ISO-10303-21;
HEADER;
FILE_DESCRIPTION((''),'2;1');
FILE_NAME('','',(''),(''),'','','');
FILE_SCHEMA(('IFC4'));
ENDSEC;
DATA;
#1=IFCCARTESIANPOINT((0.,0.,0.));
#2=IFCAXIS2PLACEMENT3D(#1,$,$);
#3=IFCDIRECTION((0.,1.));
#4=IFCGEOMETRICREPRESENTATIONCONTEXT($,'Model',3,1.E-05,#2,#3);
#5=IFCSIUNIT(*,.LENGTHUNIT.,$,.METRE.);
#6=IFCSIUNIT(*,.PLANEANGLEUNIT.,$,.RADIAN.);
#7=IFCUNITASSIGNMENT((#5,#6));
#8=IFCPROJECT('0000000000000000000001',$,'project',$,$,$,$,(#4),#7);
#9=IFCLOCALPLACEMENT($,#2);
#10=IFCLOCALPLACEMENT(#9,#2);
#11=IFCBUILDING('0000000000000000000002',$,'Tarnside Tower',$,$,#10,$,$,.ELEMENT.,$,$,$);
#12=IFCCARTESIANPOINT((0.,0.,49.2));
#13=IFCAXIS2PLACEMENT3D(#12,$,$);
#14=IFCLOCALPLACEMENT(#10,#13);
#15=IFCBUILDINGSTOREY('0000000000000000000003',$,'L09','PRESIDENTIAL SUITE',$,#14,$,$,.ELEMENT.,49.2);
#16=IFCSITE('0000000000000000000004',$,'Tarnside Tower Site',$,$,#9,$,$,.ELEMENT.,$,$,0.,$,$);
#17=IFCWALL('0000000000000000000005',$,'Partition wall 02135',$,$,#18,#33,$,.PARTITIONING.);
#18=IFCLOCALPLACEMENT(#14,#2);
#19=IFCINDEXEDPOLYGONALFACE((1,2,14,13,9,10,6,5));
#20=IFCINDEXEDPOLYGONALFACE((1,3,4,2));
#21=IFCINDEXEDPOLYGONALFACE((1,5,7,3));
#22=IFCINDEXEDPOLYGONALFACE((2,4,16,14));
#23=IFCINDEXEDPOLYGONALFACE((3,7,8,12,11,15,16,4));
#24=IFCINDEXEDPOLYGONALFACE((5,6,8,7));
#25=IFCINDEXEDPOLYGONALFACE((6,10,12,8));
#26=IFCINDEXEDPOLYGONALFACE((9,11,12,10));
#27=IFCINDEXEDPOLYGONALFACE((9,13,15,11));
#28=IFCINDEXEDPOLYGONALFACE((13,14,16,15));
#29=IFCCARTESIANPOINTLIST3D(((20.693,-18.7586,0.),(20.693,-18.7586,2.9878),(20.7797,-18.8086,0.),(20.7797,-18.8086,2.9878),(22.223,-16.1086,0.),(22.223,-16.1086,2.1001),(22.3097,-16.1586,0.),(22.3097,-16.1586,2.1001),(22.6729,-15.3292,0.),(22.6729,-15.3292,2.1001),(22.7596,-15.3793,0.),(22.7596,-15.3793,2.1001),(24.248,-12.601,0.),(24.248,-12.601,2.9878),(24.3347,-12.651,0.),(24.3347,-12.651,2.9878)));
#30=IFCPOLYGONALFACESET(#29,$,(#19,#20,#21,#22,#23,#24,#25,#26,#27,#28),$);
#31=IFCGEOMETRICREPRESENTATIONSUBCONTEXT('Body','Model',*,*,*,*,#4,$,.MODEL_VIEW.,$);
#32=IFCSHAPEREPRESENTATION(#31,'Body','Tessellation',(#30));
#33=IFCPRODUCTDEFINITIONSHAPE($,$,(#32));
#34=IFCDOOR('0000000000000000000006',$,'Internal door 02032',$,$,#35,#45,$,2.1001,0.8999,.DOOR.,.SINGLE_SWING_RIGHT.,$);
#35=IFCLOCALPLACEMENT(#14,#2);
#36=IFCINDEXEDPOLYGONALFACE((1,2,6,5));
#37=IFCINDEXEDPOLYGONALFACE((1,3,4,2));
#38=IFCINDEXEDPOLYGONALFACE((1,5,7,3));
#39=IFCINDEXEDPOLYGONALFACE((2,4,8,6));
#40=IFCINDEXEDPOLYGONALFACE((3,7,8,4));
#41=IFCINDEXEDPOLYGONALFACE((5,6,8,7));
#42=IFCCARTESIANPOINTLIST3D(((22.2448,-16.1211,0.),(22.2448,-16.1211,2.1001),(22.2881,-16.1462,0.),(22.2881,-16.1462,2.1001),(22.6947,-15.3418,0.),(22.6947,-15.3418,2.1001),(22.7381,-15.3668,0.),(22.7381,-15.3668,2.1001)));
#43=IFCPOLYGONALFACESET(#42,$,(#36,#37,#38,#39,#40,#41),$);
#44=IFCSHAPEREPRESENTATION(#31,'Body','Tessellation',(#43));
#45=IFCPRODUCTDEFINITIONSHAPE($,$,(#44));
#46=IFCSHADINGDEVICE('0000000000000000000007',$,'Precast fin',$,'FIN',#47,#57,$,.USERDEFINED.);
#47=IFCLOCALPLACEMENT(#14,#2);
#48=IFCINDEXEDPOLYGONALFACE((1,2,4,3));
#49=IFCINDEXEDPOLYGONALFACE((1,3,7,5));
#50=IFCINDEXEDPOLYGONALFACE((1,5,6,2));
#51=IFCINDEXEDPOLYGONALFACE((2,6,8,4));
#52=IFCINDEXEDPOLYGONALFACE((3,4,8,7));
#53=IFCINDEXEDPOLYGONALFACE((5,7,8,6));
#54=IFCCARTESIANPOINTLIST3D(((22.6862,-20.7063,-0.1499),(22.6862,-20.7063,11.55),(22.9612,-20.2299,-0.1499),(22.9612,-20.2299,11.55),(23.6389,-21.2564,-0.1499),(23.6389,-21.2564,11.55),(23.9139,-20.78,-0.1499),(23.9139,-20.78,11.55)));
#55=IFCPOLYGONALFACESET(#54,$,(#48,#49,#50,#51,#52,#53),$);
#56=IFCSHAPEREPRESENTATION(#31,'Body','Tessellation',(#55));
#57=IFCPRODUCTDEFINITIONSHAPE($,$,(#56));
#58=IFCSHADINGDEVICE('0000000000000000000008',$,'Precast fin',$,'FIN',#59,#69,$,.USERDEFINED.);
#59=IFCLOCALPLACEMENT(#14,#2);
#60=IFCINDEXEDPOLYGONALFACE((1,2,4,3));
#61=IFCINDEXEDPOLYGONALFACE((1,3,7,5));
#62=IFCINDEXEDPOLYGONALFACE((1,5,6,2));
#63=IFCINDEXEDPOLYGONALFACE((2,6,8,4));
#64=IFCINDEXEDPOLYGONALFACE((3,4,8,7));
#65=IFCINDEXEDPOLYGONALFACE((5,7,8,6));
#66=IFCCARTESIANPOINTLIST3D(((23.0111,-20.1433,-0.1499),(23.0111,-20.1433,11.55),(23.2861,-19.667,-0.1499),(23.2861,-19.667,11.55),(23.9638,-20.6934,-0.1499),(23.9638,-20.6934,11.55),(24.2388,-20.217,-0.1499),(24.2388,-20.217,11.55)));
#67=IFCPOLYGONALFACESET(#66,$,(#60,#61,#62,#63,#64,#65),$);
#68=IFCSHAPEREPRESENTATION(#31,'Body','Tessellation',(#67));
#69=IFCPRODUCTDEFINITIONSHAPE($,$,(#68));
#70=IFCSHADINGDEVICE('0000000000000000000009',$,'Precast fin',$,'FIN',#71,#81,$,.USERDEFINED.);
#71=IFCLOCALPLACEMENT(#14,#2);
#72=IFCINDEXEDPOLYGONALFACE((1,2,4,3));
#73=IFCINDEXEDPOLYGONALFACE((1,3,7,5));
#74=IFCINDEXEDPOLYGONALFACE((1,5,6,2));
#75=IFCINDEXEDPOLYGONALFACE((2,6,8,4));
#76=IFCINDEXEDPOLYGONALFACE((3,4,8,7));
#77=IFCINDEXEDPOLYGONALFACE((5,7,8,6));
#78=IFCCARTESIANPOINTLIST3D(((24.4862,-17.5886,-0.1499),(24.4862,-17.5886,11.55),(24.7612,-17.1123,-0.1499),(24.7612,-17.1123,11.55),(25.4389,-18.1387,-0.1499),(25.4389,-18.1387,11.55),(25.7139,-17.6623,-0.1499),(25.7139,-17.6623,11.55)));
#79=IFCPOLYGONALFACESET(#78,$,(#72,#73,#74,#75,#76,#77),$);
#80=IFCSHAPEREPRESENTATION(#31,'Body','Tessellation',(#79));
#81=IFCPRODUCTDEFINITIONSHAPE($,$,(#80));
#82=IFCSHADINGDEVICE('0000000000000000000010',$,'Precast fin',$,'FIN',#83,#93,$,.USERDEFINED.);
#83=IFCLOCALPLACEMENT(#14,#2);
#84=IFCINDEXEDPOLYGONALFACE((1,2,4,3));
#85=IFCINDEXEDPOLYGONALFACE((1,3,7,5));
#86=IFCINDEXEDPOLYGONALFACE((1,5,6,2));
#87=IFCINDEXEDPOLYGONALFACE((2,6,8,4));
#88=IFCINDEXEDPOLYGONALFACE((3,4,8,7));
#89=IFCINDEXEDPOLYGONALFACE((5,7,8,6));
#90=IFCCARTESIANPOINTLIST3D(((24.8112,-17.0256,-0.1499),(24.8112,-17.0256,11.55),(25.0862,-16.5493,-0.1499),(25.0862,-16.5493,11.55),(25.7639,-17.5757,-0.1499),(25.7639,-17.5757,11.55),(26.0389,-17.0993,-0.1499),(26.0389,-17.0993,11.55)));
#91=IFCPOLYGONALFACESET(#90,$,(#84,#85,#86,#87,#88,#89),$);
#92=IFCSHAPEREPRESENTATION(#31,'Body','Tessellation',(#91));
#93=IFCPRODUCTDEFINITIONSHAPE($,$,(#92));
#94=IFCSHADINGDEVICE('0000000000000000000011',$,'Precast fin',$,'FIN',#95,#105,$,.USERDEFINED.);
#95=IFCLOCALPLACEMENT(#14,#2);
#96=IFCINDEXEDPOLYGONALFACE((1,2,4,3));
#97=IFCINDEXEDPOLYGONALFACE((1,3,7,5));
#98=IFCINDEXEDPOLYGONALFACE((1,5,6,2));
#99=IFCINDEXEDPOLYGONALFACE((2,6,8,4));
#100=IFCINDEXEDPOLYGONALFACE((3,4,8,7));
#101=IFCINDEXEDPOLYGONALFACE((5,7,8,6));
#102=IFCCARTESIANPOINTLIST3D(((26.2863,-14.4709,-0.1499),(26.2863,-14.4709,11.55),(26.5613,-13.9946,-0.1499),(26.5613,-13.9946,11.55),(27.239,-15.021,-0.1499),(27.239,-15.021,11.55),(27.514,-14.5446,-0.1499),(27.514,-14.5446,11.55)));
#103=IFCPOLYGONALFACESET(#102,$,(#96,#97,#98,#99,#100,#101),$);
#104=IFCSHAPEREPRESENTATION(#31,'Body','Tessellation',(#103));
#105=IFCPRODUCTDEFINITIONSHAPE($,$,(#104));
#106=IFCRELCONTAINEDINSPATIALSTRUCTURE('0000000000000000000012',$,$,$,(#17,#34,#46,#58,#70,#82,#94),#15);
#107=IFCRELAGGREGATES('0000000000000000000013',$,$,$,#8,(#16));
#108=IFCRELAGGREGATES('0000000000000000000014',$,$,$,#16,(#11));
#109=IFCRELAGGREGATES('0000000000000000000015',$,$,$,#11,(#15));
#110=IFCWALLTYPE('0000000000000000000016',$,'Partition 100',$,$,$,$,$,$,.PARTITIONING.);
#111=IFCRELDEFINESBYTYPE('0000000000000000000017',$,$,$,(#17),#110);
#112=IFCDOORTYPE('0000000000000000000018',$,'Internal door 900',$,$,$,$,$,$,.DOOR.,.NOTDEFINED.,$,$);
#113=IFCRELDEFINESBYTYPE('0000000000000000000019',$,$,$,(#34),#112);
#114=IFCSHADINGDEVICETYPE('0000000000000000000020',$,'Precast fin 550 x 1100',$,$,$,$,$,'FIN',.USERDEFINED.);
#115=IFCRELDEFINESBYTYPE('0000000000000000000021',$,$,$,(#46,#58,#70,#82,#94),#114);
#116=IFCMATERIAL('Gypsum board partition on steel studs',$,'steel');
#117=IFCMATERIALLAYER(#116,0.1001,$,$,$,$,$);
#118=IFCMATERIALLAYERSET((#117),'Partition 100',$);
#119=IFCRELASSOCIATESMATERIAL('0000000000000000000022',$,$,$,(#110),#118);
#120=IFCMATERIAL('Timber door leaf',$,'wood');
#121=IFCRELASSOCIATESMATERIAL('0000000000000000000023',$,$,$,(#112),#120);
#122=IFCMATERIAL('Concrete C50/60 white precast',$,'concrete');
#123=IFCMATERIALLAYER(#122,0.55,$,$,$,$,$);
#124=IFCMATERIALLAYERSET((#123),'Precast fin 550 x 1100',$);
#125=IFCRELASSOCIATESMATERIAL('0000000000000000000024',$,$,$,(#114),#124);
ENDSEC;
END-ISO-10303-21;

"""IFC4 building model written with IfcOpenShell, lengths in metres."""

from ifc_helpers import new_model, si_unit, direction, frame, frame_2d, origin, place, context, subcontext, project, spatial, polyline, rectangle, outline, extrude, material, layer, layer_set, type_object, element, fill, save


model = new_model("IFC4")

# Units and contexts
model_context = context("Model", 3, precision=1e-05, world=origin(), true_north=direction((0.0, 1.0)))
body_context = subcontext(model_context, "Body", "Model", "MODEL_VIEW")
ifc_project = project(units=[si_unit("LENGTHUNIT", "METRE"), si_unit("PLANEANGLEUNIT", "RADIAN")], contexts=[model_context])

# Site, building, storey
site_placement = place(None, origin())
site = spatial("IfcSite", under=ifc_project, at=site_placement, Name="Tarnside Tower Site", CompositionType="ELEMENT", RefElevation=0.0)
building_placement = place(site_placement, origin())
building = spatial("IfcBuilding", under=site, at=building_placement, Name="Tarnside Tower", CompositionType="ELEMENT")
storey_placement = place(building_placement, frame((0.0, 0.0, 49.2)))
storey = spatial("IfcBuildingStorey", under=building, at=storey_placement, Name="L09", Description="PRESIDENTIAL SUITE", CompositionType="ELEMENT", Elevation=49.2)

# Shared definitions
ifc_material_1 = material(Name="Gypsum board partition on steel studs", Category="steel")

# Wall, opening, door
ifc_layer_1 = layer(ifc_material_1, 0.1001)
ifc_layer_set_1 = layer_set([ifc_layer_1], Name="Partition 100")
wall_type_1 = type_object("IfcWallType", Name="Partition 100", PredefinedType="PARTITIONING", material=ifc_layer_set_1)
wall_1_placement = place(storey_placement, frame((20.7363, -18.7837, 0.0), z_axis=(0.0, 0.0, 1.0), x_axis=(0.499991, 0.866031, 0.0)))
wall_1 = element("IfcWall", 1, at=wall_1_placement, inside=storey, type_object=wall_type_1, Name="Partition wall 02135", PredefinedType="PARTITIONING", context=body_context, shape_type="SweptSolid", body=[
    extrude(rectangle(XDim=7.1101, YDim=0.1001, at=frame_2d((3.5552, 0.0))), origin(), (0.0, 0.0, 1.0), 2.9878),
])
opening_placement = place(wall_1_placement, frame((3.0601, 0.0, 0.0)))
opening = element("IfcOpeningElement", 2, at=opening_placement, cuts=wall_1, PredefinedType="OPENING", context=body_context, shape_type="SweptSolid", body=[
    extrude(rectangle(XDim=0.8999, YDim=2.1001, at=frame_2d((0.45, 1.05))), frame((0.0, 0.0601, 0.0), z_axis=(0.0, -1.0, 0.0), x_axis=(1.0, 0.0, 0.0)), (0.0, 0.0, 1.0), 0.1201),
])
ifc_material_2 = material(Name="Timber door leaf", Category="wood")
door_type = type_object("IfcDoorType", Name="Internal door 900", OperationType="NOTDEFINED", PredefinedType="DOOR", material=ifc_material_2)
door_placement = place(opening_placement, origin())
door = element("IfcDoor", 3, at=door_placement, inside=storey, type_object=door_type, Name="Internal door 02032", OperationType="SINGLE_SWING_RIGHT", OverallHeight=2.1001, OverallWidth=0.8999, PredefinedType="DOOR", context=body_context, shape_type="SweptSolid", body=[
    extrude(rectangle(XDim=0.8999, YDim=2.1001, at=frame_2d((0.45, 1.05))), frame((0.0, 0.0249, 0.0), z_axis=(0.0, -1.0, 0.0), x_axis=(1.0, 0.0, 0.0)), (0.0, 0.0, 1.0), 0.05),
])
fill(opening, door)

# Shading devices
ifc_material_3 = material(Name="Concrete C50/60 white precast", Category="concrete")
ifc_layer_2 = layer(ifc_material_3, 0.55)
ifc_layer_set_2 = layer_set([ifc_layer_2], Name="Precast fin 550 x 1100")
shading_device_type = type_object("IfcShadingDeviceType", Name="Precast fin 550 x 1100", ElementType="FIN", PredefinedType="USERDEFINED", material=ifc_layer_set_2)
for number, where, z_axis, x_axis, name in (
    (4, (22.8237, -20.468, -0.1499), (-0.5, -0.866025, 0.0), (0.866025, -0.5, 0.0), "Precast fin"),
    (5, (23.1487, -19.905, -0.1499), (-0.5, -0.866025, 0.0), (0.866025, -0.5, 0.0), "Precast fin"),
    (6, (24.6238, -17.3503, -0.1499), (-0.5, -0.866025, 0.0), (0.866025, -0.5, 0.0), "Precast fin"),
    (7, (24.9487, -16.7874, -0.1499), (-0.5, -0.866025, 0.0), (0.866025, -0.5, 0.0), "Precast fin"),
    (8, (26.4238, -14.2327, -0.1499), (-0.5, -0.866025, 0.0), (0.866025, -0.5, 0.0), "Precast fin"),
):
    element("IfcShadingDevice", number, at=place(storey_placement, frame(where, z_axis=z_axis, x_axis=x_axis)), inside=storey, type_object=shading_device_type, Name=name, ObjectType="FIN", PredefinedType="USERDEFINED", context=body_context, shape_type="SweptSolid", body=[
        extrude(outline(polyline([(0.0, 0.0), (1.1001, 0.0), (1.1001, 11.7), (0.0, 11.7), (0.0, 0.0)])), frame((0.0, 0.0, -0.2749)), (0.0, 0.0, 1.0), 0.55),
    ])

save(model, "model.ifc")
